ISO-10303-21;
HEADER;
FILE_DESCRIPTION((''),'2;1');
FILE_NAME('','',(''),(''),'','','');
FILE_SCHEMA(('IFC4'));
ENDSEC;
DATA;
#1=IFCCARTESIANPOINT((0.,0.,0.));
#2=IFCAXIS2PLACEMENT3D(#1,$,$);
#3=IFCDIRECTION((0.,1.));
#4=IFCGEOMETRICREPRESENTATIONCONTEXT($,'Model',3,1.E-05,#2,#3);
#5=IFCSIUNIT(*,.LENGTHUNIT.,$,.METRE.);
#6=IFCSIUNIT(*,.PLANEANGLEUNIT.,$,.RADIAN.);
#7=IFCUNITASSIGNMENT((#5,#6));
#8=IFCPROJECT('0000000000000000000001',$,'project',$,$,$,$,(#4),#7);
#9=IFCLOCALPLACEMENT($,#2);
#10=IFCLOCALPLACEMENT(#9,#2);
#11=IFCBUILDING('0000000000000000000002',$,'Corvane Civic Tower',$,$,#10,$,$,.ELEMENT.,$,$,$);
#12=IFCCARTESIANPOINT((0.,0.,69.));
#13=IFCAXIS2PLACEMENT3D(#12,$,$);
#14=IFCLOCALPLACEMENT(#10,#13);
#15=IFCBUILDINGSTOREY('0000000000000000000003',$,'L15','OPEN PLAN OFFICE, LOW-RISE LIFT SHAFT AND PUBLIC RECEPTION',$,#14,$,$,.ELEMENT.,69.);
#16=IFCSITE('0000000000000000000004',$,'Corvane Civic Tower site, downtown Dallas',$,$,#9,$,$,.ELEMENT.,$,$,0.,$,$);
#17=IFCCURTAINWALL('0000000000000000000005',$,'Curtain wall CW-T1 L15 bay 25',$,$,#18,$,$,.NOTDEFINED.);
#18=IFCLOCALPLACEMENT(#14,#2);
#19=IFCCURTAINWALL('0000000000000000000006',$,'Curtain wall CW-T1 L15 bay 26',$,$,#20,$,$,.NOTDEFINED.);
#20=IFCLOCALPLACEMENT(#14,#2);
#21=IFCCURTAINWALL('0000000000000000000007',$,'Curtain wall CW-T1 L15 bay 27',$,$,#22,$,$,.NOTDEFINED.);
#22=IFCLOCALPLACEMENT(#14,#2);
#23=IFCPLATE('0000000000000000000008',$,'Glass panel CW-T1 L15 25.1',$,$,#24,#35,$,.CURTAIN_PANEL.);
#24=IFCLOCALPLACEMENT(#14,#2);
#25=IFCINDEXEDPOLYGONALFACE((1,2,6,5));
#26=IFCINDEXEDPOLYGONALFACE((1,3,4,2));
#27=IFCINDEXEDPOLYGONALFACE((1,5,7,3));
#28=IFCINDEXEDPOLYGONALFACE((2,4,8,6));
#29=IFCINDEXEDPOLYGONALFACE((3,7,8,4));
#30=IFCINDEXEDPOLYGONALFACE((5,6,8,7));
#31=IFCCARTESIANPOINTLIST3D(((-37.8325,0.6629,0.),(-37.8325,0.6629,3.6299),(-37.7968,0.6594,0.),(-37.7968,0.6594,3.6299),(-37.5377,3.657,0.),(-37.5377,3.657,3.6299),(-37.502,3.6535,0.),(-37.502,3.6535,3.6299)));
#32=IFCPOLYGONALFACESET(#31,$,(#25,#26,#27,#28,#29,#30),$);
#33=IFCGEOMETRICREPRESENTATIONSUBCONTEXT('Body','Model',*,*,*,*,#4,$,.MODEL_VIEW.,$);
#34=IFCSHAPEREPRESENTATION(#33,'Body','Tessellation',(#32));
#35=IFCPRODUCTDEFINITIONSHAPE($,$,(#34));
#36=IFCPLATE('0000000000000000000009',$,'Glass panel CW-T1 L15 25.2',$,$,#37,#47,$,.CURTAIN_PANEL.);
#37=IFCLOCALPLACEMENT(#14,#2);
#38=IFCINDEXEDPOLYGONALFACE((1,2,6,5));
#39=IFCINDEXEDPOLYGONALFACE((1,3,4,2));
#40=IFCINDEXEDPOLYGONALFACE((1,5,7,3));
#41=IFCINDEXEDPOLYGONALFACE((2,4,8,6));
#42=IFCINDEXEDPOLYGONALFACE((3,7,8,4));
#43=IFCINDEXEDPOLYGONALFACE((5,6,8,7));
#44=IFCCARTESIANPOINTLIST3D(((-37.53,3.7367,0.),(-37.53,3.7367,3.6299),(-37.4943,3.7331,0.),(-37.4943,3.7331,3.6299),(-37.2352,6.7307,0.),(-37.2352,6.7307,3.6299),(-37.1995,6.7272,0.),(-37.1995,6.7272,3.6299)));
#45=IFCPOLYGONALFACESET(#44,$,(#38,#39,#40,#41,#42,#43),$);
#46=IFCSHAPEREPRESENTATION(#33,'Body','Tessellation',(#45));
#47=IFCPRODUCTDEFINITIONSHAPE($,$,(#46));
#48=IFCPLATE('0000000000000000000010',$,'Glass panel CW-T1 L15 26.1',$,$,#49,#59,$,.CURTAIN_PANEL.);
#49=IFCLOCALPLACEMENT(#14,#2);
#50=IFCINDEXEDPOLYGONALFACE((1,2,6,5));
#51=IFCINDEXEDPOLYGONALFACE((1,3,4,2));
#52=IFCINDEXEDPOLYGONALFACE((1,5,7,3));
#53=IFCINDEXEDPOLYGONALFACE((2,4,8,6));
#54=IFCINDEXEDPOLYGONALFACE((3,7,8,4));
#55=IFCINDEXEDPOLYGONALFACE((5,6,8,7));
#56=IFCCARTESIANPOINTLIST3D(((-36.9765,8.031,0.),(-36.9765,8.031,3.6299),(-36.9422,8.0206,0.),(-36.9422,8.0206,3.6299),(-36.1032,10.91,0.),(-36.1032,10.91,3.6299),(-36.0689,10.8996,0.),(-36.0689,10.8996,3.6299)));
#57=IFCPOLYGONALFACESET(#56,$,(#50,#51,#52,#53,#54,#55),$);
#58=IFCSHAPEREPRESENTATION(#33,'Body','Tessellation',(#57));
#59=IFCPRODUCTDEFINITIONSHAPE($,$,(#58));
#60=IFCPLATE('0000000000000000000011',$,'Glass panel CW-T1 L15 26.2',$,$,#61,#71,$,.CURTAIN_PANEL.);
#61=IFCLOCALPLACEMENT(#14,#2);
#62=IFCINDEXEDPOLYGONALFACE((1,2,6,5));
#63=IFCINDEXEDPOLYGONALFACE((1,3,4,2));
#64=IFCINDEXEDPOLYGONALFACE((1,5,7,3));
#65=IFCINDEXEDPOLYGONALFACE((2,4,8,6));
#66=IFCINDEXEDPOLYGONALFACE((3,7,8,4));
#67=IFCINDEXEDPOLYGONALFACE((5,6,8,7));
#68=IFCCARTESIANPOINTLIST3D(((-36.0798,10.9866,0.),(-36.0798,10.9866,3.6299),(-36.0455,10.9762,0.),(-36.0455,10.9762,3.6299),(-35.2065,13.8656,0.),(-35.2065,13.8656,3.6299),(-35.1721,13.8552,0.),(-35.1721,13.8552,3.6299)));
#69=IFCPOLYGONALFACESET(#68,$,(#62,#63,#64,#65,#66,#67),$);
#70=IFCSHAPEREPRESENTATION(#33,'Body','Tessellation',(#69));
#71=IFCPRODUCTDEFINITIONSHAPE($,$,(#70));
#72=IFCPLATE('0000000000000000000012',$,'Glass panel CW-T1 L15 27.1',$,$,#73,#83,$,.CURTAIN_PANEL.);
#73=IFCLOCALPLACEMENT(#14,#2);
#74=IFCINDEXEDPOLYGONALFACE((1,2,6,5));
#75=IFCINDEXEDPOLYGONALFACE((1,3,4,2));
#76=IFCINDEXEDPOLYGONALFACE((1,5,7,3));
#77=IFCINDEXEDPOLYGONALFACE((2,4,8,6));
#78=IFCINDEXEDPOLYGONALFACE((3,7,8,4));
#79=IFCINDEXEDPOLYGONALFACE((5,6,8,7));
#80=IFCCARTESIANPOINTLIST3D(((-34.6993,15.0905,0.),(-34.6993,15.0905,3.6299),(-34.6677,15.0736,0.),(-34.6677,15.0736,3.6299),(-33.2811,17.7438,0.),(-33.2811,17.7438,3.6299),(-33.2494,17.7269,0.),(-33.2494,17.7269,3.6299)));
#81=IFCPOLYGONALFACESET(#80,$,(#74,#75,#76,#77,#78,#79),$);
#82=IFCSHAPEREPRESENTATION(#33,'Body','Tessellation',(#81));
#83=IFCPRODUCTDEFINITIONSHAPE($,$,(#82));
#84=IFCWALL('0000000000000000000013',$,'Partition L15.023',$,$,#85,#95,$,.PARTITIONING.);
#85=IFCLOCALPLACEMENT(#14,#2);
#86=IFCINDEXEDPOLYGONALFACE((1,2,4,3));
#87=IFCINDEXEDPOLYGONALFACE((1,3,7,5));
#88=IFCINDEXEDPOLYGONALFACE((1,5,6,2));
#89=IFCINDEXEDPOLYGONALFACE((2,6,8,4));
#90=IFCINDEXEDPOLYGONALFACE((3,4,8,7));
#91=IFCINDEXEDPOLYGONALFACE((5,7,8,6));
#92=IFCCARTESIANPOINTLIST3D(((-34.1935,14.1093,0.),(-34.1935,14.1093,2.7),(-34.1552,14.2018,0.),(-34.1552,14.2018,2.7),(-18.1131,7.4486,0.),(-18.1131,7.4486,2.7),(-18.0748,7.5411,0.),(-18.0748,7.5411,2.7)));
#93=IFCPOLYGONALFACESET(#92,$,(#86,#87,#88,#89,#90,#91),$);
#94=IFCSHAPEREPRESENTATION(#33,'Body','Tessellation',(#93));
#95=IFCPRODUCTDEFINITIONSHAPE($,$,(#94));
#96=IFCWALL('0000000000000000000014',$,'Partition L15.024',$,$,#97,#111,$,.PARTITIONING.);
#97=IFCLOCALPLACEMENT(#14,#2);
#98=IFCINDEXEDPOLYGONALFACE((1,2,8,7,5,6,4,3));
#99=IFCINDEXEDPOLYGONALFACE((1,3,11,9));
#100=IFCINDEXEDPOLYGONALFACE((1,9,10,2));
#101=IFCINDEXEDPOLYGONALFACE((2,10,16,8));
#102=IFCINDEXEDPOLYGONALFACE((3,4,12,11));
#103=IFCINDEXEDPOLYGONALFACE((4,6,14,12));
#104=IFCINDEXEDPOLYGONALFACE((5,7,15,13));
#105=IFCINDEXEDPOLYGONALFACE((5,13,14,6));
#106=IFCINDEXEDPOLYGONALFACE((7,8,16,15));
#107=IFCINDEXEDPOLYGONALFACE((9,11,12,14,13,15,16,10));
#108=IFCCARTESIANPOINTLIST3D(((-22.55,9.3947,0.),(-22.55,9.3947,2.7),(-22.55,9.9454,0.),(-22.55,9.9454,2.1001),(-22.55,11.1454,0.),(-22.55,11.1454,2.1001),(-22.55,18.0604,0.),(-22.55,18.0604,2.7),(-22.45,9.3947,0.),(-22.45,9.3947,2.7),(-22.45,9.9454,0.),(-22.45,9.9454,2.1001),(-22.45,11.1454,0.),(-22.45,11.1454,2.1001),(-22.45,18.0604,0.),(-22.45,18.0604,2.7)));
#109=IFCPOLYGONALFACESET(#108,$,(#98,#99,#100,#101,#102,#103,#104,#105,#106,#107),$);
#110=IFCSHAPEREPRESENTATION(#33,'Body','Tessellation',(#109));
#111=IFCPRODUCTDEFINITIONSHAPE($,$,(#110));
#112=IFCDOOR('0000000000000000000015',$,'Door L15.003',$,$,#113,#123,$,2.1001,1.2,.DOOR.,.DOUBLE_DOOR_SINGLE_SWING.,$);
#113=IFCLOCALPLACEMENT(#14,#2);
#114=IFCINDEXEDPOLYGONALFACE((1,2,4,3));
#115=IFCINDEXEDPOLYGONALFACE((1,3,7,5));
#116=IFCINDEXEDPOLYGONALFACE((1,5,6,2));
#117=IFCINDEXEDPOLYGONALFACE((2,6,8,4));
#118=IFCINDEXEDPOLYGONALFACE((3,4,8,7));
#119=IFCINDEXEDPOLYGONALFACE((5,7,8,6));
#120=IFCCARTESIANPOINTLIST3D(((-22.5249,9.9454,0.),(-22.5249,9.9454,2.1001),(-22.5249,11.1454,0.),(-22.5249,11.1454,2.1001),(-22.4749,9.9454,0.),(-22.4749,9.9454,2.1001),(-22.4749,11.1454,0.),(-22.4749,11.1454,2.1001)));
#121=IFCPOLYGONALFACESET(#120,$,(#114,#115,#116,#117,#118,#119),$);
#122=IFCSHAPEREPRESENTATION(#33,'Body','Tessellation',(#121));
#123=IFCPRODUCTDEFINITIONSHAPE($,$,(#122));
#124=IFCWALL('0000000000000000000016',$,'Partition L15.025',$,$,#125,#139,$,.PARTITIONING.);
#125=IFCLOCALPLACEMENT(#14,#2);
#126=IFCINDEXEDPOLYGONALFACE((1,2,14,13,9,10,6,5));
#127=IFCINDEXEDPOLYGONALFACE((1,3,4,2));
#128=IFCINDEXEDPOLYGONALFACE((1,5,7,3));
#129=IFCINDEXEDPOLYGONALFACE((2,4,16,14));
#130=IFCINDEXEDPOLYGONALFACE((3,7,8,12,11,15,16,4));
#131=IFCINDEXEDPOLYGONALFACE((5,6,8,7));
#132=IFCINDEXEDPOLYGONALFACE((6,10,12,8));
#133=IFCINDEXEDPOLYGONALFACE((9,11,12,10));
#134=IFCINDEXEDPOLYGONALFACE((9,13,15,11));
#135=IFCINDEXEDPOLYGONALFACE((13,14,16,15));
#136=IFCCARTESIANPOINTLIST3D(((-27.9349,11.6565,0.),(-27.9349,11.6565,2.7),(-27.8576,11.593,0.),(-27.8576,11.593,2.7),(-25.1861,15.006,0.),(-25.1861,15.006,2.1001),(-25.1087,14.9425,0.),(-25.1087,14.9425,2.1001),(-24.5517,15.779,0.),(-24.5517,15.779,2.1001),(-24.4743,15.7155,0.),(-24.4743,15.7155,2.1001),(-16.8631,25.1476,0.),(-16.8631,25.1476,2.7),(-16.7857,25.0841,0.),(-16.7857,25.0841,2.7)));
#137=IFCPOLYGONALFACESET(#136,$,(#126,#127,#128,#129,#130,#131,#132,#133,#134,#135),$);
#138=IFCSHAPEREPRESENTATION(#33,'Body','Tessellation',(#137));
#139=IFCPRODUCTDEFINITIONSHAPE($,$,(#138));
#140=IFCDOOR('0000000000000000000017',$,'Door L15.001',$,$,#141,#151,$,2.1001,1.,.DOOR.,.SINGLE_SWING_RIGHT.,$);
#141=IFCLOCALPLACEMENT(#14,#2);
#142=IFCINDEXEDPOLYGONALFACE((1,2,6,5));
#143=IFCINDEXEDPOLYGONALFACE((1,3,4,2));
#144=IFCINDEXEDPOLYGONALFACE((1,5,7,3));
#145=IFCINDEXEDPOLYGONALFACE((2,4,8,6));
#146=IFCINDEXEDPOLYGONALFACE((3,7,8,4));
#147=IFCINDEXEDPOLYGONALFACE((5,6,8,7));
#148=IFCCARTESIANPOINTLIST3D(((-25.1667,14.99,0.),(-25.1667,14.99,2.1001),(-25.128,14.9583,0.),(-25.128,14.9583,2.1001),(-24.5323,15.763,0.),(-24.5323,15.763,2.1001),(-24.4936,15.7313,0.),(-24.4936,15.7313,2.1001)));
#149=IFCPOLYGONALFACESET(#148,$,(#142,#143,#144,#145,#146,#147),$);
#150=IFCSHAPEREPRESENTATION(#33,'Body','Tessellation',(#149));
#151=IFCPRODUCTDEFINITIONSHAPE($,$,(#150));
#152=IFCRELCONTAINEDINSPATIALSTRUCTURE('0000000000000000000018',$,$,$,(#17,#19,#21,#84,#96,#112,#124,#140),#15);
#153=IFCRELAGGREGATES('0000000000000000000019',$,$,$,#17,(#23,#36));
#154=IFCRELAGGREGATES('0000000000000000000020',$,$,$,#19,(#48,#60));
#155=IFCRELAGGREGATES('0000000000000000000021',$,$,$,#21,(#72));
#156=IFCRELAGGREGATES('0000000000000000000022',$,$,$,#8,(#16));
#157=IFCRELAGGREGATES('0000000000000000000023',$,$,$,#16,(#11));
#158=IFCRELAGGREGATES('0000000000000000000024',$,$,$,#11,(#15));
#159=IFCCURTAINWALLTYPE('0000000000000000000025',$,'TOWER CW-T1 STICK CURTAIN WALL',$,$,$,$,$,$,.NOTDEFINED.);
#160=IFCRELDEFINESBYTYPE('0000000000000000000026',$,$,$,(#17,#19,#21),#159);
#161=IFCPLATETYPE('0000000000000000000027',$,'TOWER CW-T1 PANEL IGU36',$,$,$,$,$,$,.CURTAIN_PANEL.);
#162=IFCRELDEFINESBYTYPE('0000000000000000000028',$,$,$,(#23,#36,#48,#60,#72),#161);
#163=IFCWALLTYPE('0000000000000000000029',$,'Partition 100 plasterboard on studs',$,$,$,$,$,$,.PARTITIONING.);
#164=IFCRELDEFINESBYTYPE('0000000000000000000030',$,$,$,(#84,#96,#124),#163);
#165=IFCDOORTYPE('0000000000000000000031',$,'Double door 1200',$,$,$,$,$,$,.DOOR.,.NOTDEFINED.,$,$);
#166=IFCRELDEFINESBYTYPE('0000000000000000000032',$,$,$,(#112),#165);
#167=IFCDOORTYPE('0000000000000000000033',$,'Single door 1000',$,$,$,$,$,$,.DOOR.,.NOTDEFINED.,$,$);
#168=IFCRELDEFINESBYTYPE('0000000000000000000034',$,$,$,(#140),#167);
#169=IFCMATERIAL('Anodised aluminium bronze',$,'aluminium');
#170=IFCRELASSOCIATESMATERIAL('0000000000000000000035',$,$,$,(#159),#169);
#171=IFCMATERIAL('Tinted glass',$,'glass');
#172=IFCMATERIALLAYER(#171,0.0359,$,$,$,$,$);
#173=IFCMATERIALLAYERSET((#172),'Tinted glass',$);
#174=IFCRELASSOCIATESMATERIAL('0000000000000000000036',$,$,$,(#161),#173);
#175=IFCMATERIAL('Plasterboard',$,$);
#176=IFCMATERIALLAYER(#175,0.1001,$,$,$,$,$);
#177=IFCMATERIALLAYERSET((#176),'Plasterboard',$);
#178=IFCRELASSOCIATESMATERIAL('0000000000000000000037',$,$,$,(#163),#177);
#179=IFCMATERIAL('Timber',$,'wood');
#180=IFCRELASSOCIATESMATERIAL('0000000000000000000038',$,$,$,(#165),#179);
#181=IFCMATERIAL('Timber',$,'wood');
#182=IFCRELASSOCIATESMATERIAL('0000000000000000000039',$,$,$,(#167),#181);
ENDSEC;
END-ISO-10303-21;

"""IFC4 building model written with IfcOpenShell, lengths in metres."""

from ifc_helpers import new_model, si_unit, direction, frame, frame_2d, origin, origin_2d, place, context, subcontext, project, spatial, rectangle, extrude, material, layer, layer_set, type_object, element, fill, aggregate, save


model = new_model("IFC4")

# Units and contexts
model_context = context("Model", 3, precision=1e-05, world=origin(), true_north=direction((0.0, 1.0)))
body_context = subcontext(model_context, "Body", "Model", "MODEL_VIEW")
ifc_project = project(units=[si_unit("LENGTHUNIT", "METRE"), si_unit("PLANEANGLEUNIT", "RADIAN")], contexts=[model_context])

# Site, building, storey
site_placement = place(None, origin())
site = spatial("IfcSite", under=ifc_project, at=site_placement, Name="Corvane Civic Tower site, downtown Dallas", CompositionType="ELEMENT", RefElevation=0.0)
building_placement = place(site_placement, origin())
building = spatial("IfcBuilding", under=site, at=building_placement, Name="Corvane Civic Tower", CompositionType="ELEMENT")
storey_placement = place(building_placement, frame((0.0, 0.0, 69.0)))
storey = spatial("IfcBuildingStorey", under=building, at=storey_placement, Name="L15", Description="OPEN PLAN OFFICE, LOW-RISE LIFT SHAFT AND PUBLIC RECEPTION", CompositionType="ELEMENT", Elevation=69.0)

# Curtain walls
ifc_material_1 = material(Name="Anodised aluminium bronze", Category="aluminium")
curtain_wall_type = type_object("IfcCurtainWallType", Name="TOWER CW-T1 STICK CURTAIN WALL", PredefinedType="NOTDEFINED", material=ifc_material_1)
curtain_wall_1_placement = place(storey_placement, origin())
curtain_wall_1 = element("IfcCurtainWall", 1, at=curtain_wall_1_placement, inside=storey, type_object=curtain_wall_type, Name="Curtain wall CW-T1 L15 bay 25", PredefinedType="NOTDEFINED")
curtain_wall_2_placement = place(storey_placement, origin())
curtain_wall_2 = element("IfcCurtainWall", 2, at=curtain_wall_2_placement, inside=storey, type_object=curtain_wall_type, Name="Curtain wall CW-T1 L15 bay 26", PredefinedType="NOTDEFINED")
curtain_wall_3_placement = place(storey_placement, origin())
curtain_wall_3 = element("IfcCurtainWall", 3, at=curtain_wall_3_placement, inside=storey, type_object=curtain_wall_type, Name="Curtain wall CW-T1 L15 bay 27", PredefinedType="NOTDEFINED")

# Plates
ifc_material_2 = material(Name="Tinted glass", Category="glass")
ifc_layer_1 = layer(ifc_material_2, 0.0359)
ifc_layer_set_1 = layer_set([ifc_layer_1], Name="Tinted glass")
plate_type = type_object("IfcPlateType", Name="TOWER CW-T1 PANEL IGU36", PredefinedType="CURTAIN_PANEL", material=ifc_layer_set_1)
plate_1_placement = place(storey_placement, frame((-37.6672, 2.1582, 0.0), z_axis=(0.0, 0.0, 1.0), x_axis=(0.098006, 0.995186, 0.0)))
plate_1 = element("IfcPlate", 4, at=plate_1_placement, type_object=plate_type, Name="Glass panel CW-T1 L15 25.1", PredefinedType="CURTAIN_PANEL", context=body_context, shape_type="SweptSolid", body=[
    extrude(rectangle(XDim=3.0085, YDim=0.0359, at=origin_2d()), origin(), (0.0, 0.0, 1.0), 3.6299),
])
plate_2_placement = place(storey_placement, frame((-37.3647, 5.2319, 0.0), z_axis=(0.0, 0.0, 1.0), x_axis=(0.098006, 0.995186, 0.0)))
plate_2 = element("IfcPlate", 5, at=plate_2_placement, type_object=plate_type, Name="Glass panel CW-T1 L15 25.2", PredefinedType="CURTAIN_PANEL", context=body_context, shape_type="SweptSolid", body=[
    extrude(rectangle(XDim=3.0085, YDim=0.0359, at=origin_2d()), origin(), (0.0, 0.0, 1.0), 3.6299),
])
aggregate(curtain_wall_1, [plate_1, plate_2])
plate_3_placement = place(storey_placement, frame((-36.5227, 9.4653, 0.0), z_axis=(0.0, 0.0, 1.0), x_axis=(0.290278, 0.956942, 0.0)))
plate_3 = element("IfcPlate", 6, at=plate_3_placement, type_object=plate_type, Name="Glass panel CW-T1 L15 26.1", PredefinedType="CURTAIN_PANEL", context=body_context, shape_type="SweptSolid", body=[
    extrude(rectangle(XDim=3.0085, YDim=0.0359, at=origin_2d()), origin(), (0.0, 0.0, 1.0), 3.6299),
])
plate_4_placement = place(storey_placement, frame((-35.626, 12.4209, 0.0), z_axis=(0.0, 0.0, 1.0), x_axis=(0.290278, 0.956942, 0.0)))
plate_4 = element("IfcPlate", 7, at=plate_4_placement, type_object=plate_type, Name="Glass panel CW-T1 L15 26.2", PredefinedType="CURTAIN_PANEL", context=body_context, shape_type="SweptSolid", body=[
    extrude(rectangle(XDim=3.0085, YDim=0.0359, at=origin_2d()), origin(), (0.0, 0.0, 1.0), 3.6299),
])
aggregate(curtain_wall_2, [plate_3, plate_4])
plate_5_placement = place(storey_placement, frame((-33.9744, 16.4087, 0.0), z_axis=(0.0, 0.0, 1.0), x_axis=(0.471404, 0.881918, 0.0)))
plate_5 = element("IfcPlate", 8, at=plate_5_placement, type_object=plate_type, Name="Glass panel CW-T1 L15 27.1", PredefinedType="CURTAIN_PANEL", context=body_context, shape_type="SweptSolid", body=[
    extrude(rectangle(XDim=3.0085, YDim=0.0359, at=origin_2d()), origin(), (0.0, 0.0, 1.0), 3.6299),
])
aggregate(curtain_wall_3, [plate_5])

# Wall
ifc_material_3 = material(Name="Plasterboard")
ifc_layer_2 = layer(ifc_material_3, 0.1001)
ifc_layer_set_2 = layer_set([ifc_layer_2], Name="Plasterboard")
wall_type = type_object("IfcWallType", Name="Partition 100 plasterboard on studs", PredefinedType="PARTITIONING", material=ifc_layer_set_2)
wall_1_placement = place(storey_placement, frame((-34.1743, 14.1555, 0.0), z_axis=(0.0, 0.0, 1.0), x_axis=(0.92388, -0.382681, 0.0)))
element("IfcWall", 9, at=wall_1_placement, inside=storey, type_object=wall_type, Name="Partition L15.023", PredefinedType="PARTITIONING", context=body_context, shape_type="SweptSolid", body=[
    extrude(rectangle(XDim=17.4053, YDim=0.1001, at=frame_2d((8.7026, 0.0))), origin(), (0.0, 0.0, 1.0), 2.7),
])

# Walls, openings, doors
wall_2_placement = place(storey_placement, frame((-22.5, 9.3945, 0.0), z_axis=(0.0, 0.0, 1.0), x_axis=(0.0, 1.0, 0.0)))
wall_2 = element("IfcWall", 10, at=wall_2_placement, inside=storey, type_object=wall_type, Name="Partition L15.024", PredefinedType="PARTITIONING", context=body_context, shape_type="SweptSolid", body=[
    extrude(rectangle(XDim=8.6658, YDim=0.1001, at=frame_2d((4.333, 0.0))), origin(), (0.0, 0.0, 1.0), 2.7),
])
opening_1_placement = place(wall_2_placement, frame((0.5508, 0.0, 0.0)))
opening_1 = element("IfcOpeningElement", 11, at=opening_1_placement, cuts=wall_2, PredefinedType="OPENING", context=body_context, shape_type="SweptSolid", body=[
    extrude(rectangle(XDim=1.2, YDim=2.1001, at=frame_2d((0.6001, 1.05))), frame((0.0, 0.0601, 0.0), z_axis=(0.0, -1.0, 0.0), x_axis=(1.0, 0.0, 0.0)), (0.0, 0.0, 1.0), 0.1201),
])
ifc_material_4 = material(Name="Timber", Category="wood")
door_type_1 = type_object("IfcDoorType", Name="Double door 1200", OperationType="NOTDEFINED", PredefinedType="DOOR", material=ifc_material_4)
door_1_placement = place(opening_1_placement, origin())
door_1 = element("IfcDoor", 12, at=door_1_placement, inside=storey, type_object=door_type_1, Name="Door L15.003", OperationType="DOUBLE_DOOR_SINGLE_SWING", OverallHeight=2.1001, OverallWidth=1.2, PredefinedType="DOOR", context=body_context, shape_type="SweptSolid", body=[
    extrude(rectangle(XDim=1.2, YDim=2.1001, at=frame_2d((0.6001, 1.05))), frame((0.0, 0.0249, 0.0), z_axis=(0.0, -1.0, 0.0), x_axis=(1.0, 0.0, 0.0)), (0.0, 0.0, 1.0), 0.05),
])
fill(opening_1, door_1)
wall_3_placement = place(storey_placement, frame((-27.8962, 11.6248, 0.0), z_axis=(0.0, 0.0, 1.0), x_axis=(0.634394, 0.77301, 0.0)))
wall_3 = element("IfcWall", 13, at=wall_3_placement, inside=storey, type_object=wall_type, Name="Partition L15.025", PredefinedType="PARTITIONING", context=body_context, shape_type="SweptSolid", body=[
    extrude(rectangle(XDim=17.4526, YDim=0.1001, at=frame_2d((8.7263, 0.0))), origin(), (0.0, 0.0, 1.0), 2.7),
])
opening_2_placement = place(wall_3_placement, frame((4.333, 0.0, 0.0)))
opening_2 = element("IfcOpeningElement", 14, at=opening_2_placement, cuts=wall_3, PredefinedType="OPENING", context=body_context, shape_type="SweptSolid", body=[
    extrude(rectangle(XDim=1.0, YDim=2.1001, at=frame_2d((0.5, 1.05))), frame((0.0, 0.0601, 0.0), z_axis=(0.0, -1.0, 0.0), x_axis=(1.0, 0.0, 0.0)), (0.0, 0.0, 1.0), 0.1201),
])
ifc_material_5 = material(Name="Timber", Category="wood")
door_type_2 = type_object("IfcDoorType", Name="Single door 1000", OperationType="NOTDEFINED", PredefinedType="DOOR", material=ifc_material_5)
door_2_placement = place(opening_2_placement, origin())
door_2 = element("IfcDoor", 15, at=door_2_placement, inside=storey, type_object=door_type_2, Name="Door L15.001", OperationType="SINGLE_SWING_RIGHT", OverallHeight=2.1001, OverallWidth=1.0, PredefinedType="DOOR", context=body_context, shape_type="SweptSolid", body=[
    extrude(rectangle(XDim=1.0, YDim=2.1001, at=frame_2d((0.5, 1.05))), frame((0.0, 0.0249, 0.0), z_axis=(0.0, -1.0, 0.0), x_axis=(1.0, 0.0, 0.0)), (0.0, 0.0, 1.0), 0.05),
])
fill(opening_2, door_2)

save(model, "model.ifc")
